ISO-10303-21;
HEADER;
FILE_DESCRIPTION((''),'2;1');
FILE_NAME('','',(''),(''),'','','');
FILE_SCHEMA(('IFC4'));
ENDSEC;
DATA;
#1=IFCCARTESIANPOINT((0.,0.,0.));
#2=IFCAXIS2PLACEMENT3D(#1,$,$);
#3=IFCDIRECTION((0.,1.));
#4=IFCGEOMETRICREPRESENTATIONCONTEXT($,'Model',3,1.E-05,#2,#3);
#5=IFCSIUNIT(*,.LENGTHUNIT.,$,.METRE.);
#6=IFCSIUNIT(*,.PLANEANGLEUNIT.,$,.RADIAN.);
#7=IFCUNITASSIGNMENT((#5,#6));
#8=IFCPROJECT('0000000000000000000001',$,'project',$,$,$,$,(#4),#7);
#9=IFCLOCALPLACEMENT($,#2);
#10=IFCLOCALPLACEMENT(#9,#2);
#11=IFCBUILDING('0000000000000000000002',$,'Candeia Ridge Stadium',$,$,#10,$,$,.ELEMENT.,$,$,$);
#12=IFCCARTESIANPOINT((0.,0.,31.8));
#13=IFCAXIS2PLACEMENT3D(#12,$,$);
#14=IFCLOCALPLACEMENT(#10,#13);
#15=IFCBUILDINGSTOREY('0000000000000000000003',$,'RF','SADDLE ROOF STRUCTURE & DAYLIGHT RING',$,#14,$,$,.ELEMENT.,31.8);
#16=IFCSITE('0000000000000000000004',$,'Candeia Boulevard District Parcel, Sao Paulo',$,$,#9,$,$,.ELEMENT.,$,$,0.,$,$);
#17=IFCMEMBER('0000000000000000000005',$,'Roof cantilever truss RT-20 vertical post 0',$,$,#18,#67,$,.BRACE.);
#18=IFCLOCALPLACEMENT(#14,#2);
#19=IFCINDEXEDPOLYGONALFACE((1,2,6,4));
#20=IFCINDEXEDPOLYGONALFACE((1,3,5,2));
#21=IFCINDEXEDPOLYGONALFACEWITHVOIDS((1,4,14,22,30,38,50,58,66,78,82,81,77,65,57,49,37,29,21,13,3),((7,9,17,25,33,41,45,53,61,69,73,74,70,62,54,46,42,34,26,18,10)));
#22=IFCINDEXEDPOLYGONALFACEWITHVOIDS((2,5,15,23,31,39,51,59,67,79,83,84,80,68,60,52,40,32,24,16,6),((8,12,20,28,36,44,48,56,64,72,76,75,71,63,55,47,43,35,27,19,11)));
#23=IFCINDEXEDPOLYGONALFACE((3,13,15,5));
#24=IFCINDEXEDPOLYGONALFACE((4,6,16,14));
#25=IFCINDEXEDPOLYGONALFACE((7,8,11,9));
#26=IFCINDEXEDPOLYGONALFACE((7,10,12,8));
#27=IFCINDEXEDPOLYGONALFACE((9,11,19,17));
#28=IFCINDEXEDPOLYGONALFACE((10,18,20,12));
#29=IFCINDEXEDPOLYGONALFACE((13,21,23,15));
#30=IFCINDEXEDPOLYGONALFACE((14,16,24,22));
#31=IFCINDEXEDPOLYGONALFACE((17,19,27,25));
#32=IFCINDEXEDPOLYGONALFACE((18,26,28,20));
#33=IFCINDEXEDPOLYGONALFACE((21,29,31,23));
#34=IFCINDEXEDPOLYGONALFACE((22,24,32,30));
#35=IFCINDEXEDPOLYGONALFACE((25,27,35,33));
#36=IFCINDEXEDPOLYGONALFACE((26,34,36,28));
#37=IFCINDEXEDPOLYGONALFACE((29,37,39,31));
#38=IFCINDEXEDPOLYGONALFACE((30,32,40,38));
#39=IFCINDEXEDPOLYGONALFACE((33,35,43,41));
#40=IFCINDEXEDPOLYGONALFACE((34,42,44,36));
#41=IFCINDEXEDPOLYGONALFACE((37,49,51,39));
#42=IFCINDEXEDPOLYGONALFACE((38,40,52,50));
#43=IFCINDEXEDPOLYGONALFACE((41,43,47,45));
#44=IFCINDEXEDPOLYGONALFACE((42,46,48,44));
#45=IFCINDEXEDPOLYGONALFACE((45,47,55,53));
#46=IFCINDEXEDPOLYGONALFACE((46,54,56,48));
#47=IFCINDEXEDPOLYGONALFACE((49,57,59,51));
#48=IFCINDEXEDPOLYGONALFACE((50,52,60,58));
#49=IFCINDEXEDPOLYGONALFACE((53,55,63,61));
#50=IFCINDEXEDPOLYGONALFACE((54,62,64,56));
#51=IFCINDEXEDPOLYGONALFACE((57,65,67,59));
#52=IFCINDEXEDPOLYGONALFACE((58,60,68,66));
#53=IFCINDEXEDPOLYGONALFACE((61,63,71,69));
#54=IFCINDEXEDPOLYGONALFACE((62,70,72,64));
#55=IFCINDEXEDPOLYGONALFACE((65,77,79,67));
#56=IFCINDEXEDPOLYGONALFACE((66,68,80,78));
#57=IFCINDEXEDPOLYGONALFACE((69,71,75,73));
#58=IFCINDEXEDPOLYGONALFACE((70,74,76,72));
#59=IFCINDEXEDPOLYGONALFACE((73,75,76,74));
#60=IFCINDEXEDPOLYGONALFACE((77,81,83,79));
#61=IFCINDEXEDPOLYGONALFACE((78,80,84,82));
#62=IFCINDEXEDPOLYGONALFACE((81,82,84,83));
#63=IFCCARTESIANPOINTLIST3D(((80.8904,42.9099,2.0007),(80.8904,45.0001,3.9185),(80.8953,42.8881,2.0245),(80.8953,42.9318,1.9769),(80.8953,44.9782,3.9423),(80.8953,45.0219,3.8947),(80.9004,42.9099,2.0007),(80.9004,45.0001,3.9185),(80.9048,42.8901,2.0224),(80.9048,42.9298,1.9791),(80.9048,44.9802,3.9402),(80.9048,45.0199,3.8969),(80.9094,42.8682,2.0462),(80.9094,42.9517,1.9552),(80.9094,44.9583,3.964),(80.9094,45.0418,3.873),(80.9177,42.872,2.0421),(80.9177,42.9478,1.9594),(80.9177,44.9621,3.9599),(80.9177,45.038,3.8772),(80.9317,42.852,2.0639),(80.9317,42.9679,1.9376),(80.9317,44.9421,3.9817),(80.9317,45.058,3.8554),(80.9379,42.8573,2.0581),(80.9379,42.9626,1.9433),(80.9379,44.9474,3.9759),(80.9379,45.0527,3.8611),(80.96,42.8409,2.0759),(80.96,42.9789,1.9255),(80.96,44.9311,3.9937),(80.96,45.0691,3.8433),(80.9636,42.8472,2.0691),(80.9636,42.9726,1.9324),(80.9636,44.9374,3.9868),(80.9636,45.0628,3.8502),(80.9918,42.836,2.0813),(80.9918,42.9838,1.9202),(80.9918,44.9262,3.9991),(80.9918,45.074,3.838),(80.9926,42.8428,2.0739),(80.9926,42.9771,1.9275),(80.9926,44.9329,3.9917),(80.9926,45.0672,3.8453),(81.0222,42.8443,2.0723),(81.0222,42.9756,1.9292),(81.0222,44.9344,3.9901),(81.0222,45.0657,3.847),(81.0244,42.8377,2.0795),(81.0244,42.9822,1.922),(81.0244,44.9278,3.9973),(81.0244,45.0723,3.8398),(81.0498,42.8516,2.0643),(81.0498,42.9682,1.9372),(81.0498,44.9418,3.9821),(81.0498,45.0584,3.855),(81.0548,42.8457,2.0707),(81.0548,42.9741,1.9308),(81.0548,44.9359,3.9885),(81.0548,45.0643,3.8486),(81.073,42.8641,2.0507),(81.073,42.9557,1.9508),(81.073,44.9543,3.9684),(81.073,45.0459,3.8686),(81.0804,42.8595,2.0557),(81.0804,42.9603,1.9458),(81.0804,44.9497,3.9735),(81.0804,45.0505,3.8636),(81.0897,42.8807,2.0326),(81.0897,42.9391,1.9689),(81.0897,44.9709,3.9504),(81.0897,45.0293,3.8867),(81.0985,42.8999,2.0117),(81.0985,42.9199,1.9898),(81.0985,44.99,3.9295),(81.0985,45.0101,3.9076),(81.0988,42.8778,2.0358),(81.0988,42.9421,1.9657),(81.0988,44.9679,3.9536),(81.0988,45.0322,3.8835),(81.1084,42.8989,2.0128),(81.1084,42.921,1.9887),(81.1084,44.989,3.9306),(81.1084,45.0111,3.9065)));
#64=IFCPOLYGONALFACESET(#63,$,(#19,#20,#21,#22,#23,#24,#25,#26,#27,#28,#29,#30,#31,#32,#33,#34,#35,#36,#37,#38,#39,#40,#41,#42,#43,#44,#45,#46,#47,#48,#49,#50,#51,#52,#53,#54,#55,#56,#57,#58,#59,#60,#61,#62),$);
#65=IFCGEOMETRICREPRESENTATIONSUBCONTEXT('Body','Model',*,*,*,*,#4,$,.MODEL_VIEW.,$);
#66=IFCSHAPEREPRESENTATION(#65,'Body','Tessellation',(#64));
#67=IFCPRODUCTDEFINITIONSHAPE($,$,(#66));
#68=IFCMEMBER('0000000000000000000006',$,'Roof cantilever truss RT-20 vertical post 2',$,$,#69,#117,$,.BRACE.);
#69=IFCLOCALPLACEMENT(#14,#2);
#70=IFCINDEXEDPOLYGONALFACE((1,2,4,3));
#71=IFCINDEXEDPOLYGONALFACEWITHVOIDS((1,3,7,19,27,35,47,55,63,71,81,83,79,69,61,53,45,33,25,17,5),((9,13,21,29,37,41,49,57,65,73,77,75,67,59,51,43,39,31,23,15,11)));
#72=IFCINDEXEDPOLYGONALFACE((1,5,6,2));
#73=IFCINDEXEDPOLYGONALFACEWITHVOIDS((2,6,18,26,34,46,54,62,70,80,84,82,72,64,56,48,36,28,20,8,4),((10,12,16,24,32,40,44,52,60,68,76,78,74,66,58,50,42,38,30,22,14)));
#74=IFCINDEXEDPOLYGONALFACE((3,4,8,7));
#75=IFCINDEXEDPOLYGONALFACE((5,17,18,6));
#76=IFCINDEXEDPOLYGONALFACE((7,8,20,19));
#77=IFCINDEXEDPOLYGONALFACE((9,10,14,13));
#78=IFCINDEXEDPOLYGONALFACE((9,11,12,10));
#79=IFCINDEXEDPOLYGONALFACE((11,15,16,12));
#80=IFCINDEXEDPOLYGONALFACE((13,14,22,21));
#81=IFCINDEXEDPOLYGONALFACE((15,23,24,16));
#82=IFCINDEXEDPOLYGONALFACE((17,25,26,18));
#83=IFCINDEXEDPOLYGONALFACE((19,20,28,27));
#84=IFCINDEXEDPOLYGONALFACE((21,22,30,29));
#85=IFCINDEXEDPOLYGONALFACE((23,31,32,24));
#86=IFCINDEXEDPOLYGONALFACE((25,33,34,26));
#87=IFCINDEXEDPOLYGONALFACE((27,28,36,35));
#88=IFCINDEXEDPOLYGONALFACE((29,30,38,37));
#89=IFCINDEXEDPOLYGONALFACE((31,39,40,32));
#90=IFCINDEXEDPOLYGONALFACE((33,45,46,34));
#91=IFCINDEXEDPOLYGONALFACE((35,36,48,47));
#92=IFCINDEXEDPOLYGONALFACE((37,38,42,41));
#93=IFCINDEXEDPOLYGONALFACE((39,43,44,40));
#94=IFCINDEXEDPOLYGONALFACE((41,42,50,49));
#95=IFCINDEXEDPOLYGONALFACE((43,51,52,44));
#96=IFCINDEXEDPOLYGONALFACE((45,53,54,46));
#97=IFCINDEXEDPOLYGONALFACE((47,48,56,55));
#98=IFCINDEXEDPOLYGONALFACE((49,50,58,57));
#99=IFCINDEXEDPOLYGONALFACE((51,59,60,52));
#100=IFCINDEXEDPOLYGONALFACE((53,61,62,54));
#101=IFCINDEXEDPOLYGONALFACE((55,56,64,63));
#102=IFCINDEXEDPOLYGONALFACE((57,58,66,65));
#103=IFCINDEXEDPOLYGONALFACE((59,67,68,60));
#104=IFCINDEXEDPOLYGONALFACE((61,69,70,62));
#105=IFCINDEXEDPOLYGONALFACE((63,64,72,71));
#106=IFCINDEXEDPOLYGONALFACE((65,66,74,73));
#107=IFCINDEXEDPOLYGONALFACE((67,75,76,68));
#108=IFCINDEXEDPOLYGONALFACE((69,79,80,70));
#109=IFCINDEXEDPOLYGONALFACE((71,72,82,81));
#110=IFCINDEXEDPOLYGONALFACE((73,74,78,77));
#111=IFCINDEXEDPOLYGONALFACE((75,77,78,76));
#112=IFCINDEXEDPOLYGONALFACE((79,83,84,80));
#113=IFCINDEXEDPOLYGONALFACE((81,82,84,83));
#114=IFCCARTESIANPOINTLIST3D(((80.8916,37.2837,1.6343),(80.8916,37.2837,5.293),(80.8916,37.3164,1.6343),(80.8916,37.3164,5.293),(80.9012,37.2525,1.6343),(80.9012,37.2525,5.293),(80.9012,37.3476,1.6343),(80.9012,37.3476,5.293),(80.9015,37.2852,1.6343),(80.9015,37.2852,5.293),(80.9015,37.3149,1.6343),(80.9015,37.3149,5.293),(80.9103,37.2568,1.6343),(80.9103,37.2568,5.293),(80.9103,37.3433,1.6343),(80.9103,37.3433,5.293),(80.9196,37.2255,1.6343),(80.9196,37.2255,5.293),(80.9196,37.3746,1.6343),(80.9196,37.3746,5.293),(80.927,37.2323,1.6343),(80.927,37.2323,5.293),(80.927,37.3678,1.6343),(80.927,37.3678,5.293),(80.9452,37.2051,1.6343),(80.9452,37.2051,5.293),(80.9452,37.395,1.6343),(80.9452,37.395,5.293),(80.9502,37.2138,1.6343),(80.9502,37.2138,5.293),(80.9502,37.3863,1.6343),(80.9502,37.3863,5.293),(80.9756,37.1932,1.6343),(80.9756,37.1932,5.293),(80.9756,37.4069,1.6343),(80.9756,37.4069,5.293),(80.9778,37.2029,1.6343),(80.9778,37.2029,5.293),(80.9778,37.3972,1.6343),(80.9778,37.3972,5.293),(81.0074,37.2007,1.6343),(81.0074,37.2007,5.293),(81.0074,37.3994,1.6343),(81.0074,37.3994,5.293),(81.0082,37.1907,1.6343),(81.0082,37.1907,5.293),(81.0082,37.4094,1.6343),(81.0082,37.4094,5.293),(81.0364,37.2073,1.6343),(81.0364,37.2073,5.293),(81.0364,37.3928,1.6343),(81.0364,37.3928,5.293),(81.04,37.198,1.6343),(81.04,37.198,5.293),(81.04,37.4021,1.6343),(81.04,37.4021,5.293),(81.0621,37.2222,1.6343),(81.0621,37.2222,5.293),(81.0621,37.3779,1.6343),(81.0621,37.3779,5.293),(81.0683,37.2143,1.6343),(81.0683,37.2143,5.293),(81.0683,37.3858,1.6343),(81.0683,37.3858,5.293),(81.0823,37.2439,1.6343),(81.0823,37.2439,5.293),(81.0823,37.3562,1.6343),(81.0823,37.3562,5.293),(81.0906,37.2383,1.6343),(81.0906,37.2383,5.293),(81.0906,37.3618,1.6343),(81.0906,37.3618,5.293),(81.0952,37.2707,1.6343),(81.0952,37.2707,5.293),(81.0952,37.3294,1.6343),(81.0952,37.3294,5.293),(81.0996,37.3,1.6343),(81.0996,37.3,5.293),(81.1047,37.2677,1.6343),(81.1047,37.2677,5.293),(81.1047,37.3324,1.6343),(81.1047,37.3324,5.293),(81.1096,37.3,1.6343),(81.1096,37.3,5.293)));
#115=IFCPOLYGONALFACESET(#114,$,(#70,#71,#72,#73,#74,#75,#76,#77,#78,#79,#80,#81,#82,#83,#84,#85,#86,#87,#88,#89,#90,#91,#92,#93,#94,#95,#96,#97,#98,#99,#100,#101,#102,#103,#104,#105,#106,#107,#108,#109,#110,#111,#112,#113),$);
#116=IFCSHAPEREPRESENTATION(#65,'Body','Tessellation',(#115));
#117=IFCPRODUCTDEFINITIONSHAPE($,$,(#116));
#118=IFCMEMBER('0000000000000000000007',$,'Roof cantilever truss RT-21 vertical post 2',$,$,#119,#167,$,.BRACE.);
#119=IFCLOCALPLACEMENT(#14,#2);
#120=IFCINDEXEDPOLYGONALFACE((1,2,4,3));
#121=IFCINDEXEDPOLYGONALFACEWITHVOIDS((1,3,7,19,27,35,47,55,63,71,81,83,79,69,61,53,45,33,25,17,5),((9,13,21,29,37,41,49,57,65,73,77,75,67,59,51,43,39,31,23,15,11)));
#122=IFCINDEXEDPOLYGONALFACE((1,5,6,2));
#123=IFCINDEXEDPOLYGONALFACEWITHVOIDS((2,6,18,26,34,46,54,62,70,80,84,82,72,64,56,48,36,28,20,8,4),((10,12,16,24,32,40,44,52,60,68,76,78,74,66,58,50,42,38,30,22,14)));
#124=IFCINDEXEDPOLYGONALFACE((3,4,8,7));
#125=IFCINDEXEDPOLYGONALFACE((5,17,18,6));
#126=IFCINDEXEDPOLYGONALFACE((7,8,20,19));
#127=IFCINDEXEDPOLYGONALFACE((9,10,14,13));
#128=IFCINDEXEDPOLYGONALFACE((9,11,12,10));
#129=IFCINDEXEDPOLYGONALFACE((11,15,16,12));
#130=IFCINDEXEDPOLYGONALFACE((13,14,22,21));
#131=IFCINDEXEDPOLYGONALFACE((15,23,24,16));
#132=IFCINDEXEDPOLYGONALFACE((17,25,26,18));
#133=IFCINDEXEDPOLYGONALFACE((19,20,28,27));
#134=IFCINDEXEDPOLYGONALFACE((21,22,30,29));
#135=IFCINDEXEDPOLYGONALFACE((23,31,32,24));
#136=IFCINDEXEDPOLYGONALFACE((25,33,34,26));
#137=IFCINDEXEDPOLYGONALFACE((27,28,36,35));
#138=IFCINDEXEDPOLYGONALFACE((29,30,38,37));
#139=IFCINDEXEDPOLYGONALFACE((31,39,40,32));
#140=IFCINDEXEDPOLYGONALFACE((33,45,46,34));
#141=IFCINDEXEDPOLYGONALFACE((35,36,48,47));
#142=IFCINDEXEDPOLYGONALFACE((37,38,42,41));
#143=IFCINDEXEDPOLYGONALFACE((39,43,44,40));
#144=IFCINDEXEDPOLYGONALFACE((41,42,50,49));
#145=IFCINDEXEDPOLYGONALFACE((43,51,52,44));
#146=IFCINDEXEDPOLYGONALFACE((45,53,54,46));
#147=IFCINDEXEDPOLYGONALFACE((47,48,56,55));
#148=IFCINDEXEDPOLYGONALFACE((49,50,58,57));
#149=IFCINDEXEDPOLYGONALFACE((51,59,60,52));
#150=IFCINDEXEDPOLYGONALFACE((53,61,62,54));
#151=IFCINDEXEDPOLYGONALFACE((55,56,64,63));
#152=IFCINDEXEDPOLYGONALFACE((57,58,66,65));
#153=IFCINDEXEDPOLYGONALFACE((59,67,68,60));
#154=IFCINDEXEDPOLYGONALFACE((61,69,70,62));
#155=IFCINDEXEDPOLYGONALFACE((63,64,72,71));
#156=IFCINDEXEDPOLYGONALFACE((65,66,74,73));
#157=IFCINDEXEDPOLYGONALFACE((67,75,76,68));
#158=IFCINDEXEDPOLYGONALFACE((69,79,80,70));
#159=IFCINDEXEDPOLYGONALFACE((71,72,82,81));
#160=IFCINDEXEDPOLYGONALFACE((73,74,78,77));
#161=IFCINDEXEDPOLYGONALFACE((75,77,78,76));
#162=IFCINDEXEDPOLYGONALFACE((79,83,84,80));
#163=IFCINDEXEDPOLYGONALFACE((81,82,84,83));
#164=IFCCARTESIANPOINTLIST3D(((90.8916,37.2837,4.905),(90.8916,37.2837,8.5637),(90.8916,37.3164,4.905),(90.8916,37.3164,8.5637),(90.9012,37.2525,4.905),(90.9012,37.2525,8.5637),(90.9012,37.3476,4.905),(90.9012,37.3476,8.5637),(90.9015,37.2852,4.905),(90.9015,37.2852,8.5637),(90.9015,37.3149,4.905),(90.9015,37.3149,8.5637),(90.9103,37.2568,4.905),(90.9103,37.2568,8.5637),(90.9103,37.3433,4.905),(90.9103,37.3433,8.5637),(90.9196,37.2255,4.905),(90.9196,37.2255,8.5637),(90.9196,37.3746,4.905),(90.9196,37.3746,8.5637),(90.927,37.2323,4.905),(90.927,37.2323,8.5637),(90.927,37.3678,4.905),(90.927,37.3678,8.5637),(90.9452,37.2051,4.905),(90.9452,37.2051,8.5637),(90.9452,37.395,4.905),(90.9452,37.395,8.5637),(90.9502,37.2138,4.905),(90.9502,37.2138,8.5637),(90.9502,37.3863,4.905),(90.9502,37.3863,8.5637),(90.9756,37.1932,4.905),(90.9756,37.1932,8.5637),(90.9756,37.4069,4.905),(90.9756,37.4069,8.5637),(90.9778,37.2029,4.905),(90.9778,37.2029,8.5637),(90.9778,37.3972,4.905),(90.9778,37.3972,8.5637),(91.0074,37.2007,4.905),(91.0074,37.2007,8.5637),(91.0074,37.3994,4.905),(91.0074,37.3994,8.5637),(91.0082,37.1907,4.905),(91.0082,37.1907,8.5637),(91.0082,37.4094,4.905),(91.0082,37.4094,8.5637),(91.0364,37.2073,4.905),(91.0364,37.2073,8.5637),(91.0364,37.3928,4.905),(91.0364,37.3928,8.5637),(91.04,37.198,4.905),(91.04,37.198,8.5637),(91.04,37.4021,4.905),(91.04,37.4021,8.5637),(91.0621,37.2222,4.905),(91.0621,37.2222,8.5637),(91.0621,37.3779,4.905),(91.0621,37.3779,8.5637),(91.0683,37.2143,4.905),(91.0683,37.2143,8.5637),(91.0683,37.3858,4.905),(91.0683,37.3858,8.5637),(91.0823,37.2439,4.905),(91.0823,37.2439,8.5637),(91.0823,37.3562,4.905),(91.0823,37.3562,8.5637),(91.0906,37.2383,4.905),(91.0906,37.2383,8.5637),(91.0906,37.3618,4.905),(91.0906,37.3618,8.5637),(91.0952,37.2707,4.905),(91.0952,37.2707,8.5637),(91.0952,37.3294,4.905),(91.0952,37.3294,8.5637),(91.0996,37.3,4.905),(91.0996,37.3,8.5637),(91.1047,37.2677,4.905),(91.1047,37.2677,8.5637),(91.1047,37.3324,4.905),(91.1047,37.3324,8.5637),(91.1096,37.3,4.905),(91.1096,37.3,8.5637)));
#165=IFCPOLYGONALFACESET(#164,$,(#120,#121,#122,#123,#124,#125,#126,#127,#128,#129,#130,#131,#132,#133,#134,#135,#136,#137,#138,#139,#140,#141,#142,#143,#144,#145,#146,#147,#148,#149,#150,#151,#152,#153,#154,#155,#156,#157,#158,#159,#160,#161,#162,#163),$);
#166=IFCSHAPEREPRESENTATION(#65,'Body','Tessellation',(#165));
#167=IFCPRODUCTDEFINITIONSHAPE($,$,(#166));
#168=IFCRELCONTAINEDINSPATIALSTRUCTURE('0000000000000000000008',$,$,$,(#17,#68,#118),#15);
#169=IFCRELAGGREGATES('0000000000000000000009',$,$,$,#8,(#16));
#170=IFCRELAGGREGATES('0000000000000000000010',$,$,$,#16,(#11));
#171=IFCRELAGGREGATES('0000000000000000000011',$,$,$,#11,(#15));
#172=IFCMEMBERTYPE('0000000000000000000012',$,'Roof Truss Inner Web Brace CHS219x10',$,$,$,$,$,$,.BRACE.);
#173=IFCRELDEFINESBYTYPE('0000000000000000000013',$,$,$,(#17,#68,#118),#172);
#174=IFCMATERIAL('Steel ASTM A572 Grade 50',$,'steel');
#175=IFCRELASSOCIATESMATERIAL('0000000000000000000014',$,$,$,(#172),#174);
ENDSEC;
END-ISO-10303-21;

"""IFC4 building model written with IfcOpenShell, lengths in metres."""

from ifc_helpers import new_model, si_unit, direction, frame, origin, origin_2d, place, context, subcontext, project, spatial, hollow_circle, extrude, material, material_profile, profile_set, type_object, element, save


model = new_model("IFC4")

# Units and contexts
model_context = context("Model", 3, precision=1e-05, world=origin(), true_north=direction((0.0, 1.0)))
body_context = subcontext(model_context, "Body", "Model", "MODEL_VIEW")
ifc_project = project(units=[si_unit("LENGTHUNIT", "METRE"), si_unit("PLANEANGLEUNIT", "RADIAN")], contexts=[model_context])

# Site, building, storey
site_placement = place(None, origin())
site = spatial("IfcSite", under=ifc_project, at=site_placement, Name="Candeia Boulevard District Parcel, Sao Paulo", CompositionType="ELEMENT", RefElevation=0.0)
building_placement = place(site_placement, origin())
building = spatial("IfcBuilding", under=site, at=building_placement, Name="Candeia Ridge Stadium", CompositionType="ELEMENT")
storey_placement = place(building_placement, frame((0.0, 0.0, 31.8)))
storey = spatial("IfcBuildingStorey", under=building, at=storey_placement, Name="RF", Description="SADDLE ROOF STRUCTURE & DAYLIGHT RING", CompositionType="ELEMENT", Elevation=31.8)

# Shared definitions
ifc_material_1 = material(Name="Steel ASTM A572 Grade 50", Category="steel")

# Members
ifc_material_profile_1 = material_profile(ifc_material_1, hollow_circle(Radius=0.1096, WallThickness=0.01, at=origin_2d()), Name="CHS219x10", Category="steel")
ifc_profile_set_1 = profile_set([ifc_material_profile_1], Name="Steel ASTM A572 Grade 50")
member_type_1 = type_object("IfcMemberType", Name="Roof Truss Inner Web Brace CHS219x10", PredefinedType="BRACE", material=ifc_profile_set_1)
member_1_placement = place(storey_placement, frame((81.0, 42.9099, 2.0007), z_axis=(0.0, 0.736836, 0.676071), x_axis=(-1.0, 0.0, 0.0)))
element("IfcMember", 1, at=member_1_placement, inside=storey, type_object=member_type_1, Name="Roof cantilever truss RT-20 vertical post 0", PredefinedType="BRACE", context=body_context, shape_type="SweptSolid", body=[
    extrude(hollow_circle(Radius=0.1096, WallThickness=0.01, at=origin_2d()), origin(), (0.0, 0.0, 1.0), 2.8367),
])
for number, where, z_axis, x_axis, name in (
    (2, (81.0, 37.3, 1.6343), (0.0, 0.0, 1.0), (1.0, 0.0, 0.0), "Roof cantilever truss RT-20 vertical post 2"),
    (3, (91.0, 37.3, 4.905), (0.0, 0.0, 1.0), (1.0, 0.0, 0.0), "Roof cantilever truss RT-21 vertical post 2"),
):
    element("IfcMember", number, at=place(storey_placement, frame(where, z_axis=z_axis, x_axis=x_axis)), inside=storey, type_object=member_type_1, Name=name, PredefinedType="BRACE", context=body_context, shape_type="SweptSolid", body=[
        extrude(hollow_circle(Radius=0.1096, WallThickness=0.01, at=origin_2d()), origin(), (0.0, 0.0, 1.0), 3.6587),
    ])

save(model, "model.ifc")
